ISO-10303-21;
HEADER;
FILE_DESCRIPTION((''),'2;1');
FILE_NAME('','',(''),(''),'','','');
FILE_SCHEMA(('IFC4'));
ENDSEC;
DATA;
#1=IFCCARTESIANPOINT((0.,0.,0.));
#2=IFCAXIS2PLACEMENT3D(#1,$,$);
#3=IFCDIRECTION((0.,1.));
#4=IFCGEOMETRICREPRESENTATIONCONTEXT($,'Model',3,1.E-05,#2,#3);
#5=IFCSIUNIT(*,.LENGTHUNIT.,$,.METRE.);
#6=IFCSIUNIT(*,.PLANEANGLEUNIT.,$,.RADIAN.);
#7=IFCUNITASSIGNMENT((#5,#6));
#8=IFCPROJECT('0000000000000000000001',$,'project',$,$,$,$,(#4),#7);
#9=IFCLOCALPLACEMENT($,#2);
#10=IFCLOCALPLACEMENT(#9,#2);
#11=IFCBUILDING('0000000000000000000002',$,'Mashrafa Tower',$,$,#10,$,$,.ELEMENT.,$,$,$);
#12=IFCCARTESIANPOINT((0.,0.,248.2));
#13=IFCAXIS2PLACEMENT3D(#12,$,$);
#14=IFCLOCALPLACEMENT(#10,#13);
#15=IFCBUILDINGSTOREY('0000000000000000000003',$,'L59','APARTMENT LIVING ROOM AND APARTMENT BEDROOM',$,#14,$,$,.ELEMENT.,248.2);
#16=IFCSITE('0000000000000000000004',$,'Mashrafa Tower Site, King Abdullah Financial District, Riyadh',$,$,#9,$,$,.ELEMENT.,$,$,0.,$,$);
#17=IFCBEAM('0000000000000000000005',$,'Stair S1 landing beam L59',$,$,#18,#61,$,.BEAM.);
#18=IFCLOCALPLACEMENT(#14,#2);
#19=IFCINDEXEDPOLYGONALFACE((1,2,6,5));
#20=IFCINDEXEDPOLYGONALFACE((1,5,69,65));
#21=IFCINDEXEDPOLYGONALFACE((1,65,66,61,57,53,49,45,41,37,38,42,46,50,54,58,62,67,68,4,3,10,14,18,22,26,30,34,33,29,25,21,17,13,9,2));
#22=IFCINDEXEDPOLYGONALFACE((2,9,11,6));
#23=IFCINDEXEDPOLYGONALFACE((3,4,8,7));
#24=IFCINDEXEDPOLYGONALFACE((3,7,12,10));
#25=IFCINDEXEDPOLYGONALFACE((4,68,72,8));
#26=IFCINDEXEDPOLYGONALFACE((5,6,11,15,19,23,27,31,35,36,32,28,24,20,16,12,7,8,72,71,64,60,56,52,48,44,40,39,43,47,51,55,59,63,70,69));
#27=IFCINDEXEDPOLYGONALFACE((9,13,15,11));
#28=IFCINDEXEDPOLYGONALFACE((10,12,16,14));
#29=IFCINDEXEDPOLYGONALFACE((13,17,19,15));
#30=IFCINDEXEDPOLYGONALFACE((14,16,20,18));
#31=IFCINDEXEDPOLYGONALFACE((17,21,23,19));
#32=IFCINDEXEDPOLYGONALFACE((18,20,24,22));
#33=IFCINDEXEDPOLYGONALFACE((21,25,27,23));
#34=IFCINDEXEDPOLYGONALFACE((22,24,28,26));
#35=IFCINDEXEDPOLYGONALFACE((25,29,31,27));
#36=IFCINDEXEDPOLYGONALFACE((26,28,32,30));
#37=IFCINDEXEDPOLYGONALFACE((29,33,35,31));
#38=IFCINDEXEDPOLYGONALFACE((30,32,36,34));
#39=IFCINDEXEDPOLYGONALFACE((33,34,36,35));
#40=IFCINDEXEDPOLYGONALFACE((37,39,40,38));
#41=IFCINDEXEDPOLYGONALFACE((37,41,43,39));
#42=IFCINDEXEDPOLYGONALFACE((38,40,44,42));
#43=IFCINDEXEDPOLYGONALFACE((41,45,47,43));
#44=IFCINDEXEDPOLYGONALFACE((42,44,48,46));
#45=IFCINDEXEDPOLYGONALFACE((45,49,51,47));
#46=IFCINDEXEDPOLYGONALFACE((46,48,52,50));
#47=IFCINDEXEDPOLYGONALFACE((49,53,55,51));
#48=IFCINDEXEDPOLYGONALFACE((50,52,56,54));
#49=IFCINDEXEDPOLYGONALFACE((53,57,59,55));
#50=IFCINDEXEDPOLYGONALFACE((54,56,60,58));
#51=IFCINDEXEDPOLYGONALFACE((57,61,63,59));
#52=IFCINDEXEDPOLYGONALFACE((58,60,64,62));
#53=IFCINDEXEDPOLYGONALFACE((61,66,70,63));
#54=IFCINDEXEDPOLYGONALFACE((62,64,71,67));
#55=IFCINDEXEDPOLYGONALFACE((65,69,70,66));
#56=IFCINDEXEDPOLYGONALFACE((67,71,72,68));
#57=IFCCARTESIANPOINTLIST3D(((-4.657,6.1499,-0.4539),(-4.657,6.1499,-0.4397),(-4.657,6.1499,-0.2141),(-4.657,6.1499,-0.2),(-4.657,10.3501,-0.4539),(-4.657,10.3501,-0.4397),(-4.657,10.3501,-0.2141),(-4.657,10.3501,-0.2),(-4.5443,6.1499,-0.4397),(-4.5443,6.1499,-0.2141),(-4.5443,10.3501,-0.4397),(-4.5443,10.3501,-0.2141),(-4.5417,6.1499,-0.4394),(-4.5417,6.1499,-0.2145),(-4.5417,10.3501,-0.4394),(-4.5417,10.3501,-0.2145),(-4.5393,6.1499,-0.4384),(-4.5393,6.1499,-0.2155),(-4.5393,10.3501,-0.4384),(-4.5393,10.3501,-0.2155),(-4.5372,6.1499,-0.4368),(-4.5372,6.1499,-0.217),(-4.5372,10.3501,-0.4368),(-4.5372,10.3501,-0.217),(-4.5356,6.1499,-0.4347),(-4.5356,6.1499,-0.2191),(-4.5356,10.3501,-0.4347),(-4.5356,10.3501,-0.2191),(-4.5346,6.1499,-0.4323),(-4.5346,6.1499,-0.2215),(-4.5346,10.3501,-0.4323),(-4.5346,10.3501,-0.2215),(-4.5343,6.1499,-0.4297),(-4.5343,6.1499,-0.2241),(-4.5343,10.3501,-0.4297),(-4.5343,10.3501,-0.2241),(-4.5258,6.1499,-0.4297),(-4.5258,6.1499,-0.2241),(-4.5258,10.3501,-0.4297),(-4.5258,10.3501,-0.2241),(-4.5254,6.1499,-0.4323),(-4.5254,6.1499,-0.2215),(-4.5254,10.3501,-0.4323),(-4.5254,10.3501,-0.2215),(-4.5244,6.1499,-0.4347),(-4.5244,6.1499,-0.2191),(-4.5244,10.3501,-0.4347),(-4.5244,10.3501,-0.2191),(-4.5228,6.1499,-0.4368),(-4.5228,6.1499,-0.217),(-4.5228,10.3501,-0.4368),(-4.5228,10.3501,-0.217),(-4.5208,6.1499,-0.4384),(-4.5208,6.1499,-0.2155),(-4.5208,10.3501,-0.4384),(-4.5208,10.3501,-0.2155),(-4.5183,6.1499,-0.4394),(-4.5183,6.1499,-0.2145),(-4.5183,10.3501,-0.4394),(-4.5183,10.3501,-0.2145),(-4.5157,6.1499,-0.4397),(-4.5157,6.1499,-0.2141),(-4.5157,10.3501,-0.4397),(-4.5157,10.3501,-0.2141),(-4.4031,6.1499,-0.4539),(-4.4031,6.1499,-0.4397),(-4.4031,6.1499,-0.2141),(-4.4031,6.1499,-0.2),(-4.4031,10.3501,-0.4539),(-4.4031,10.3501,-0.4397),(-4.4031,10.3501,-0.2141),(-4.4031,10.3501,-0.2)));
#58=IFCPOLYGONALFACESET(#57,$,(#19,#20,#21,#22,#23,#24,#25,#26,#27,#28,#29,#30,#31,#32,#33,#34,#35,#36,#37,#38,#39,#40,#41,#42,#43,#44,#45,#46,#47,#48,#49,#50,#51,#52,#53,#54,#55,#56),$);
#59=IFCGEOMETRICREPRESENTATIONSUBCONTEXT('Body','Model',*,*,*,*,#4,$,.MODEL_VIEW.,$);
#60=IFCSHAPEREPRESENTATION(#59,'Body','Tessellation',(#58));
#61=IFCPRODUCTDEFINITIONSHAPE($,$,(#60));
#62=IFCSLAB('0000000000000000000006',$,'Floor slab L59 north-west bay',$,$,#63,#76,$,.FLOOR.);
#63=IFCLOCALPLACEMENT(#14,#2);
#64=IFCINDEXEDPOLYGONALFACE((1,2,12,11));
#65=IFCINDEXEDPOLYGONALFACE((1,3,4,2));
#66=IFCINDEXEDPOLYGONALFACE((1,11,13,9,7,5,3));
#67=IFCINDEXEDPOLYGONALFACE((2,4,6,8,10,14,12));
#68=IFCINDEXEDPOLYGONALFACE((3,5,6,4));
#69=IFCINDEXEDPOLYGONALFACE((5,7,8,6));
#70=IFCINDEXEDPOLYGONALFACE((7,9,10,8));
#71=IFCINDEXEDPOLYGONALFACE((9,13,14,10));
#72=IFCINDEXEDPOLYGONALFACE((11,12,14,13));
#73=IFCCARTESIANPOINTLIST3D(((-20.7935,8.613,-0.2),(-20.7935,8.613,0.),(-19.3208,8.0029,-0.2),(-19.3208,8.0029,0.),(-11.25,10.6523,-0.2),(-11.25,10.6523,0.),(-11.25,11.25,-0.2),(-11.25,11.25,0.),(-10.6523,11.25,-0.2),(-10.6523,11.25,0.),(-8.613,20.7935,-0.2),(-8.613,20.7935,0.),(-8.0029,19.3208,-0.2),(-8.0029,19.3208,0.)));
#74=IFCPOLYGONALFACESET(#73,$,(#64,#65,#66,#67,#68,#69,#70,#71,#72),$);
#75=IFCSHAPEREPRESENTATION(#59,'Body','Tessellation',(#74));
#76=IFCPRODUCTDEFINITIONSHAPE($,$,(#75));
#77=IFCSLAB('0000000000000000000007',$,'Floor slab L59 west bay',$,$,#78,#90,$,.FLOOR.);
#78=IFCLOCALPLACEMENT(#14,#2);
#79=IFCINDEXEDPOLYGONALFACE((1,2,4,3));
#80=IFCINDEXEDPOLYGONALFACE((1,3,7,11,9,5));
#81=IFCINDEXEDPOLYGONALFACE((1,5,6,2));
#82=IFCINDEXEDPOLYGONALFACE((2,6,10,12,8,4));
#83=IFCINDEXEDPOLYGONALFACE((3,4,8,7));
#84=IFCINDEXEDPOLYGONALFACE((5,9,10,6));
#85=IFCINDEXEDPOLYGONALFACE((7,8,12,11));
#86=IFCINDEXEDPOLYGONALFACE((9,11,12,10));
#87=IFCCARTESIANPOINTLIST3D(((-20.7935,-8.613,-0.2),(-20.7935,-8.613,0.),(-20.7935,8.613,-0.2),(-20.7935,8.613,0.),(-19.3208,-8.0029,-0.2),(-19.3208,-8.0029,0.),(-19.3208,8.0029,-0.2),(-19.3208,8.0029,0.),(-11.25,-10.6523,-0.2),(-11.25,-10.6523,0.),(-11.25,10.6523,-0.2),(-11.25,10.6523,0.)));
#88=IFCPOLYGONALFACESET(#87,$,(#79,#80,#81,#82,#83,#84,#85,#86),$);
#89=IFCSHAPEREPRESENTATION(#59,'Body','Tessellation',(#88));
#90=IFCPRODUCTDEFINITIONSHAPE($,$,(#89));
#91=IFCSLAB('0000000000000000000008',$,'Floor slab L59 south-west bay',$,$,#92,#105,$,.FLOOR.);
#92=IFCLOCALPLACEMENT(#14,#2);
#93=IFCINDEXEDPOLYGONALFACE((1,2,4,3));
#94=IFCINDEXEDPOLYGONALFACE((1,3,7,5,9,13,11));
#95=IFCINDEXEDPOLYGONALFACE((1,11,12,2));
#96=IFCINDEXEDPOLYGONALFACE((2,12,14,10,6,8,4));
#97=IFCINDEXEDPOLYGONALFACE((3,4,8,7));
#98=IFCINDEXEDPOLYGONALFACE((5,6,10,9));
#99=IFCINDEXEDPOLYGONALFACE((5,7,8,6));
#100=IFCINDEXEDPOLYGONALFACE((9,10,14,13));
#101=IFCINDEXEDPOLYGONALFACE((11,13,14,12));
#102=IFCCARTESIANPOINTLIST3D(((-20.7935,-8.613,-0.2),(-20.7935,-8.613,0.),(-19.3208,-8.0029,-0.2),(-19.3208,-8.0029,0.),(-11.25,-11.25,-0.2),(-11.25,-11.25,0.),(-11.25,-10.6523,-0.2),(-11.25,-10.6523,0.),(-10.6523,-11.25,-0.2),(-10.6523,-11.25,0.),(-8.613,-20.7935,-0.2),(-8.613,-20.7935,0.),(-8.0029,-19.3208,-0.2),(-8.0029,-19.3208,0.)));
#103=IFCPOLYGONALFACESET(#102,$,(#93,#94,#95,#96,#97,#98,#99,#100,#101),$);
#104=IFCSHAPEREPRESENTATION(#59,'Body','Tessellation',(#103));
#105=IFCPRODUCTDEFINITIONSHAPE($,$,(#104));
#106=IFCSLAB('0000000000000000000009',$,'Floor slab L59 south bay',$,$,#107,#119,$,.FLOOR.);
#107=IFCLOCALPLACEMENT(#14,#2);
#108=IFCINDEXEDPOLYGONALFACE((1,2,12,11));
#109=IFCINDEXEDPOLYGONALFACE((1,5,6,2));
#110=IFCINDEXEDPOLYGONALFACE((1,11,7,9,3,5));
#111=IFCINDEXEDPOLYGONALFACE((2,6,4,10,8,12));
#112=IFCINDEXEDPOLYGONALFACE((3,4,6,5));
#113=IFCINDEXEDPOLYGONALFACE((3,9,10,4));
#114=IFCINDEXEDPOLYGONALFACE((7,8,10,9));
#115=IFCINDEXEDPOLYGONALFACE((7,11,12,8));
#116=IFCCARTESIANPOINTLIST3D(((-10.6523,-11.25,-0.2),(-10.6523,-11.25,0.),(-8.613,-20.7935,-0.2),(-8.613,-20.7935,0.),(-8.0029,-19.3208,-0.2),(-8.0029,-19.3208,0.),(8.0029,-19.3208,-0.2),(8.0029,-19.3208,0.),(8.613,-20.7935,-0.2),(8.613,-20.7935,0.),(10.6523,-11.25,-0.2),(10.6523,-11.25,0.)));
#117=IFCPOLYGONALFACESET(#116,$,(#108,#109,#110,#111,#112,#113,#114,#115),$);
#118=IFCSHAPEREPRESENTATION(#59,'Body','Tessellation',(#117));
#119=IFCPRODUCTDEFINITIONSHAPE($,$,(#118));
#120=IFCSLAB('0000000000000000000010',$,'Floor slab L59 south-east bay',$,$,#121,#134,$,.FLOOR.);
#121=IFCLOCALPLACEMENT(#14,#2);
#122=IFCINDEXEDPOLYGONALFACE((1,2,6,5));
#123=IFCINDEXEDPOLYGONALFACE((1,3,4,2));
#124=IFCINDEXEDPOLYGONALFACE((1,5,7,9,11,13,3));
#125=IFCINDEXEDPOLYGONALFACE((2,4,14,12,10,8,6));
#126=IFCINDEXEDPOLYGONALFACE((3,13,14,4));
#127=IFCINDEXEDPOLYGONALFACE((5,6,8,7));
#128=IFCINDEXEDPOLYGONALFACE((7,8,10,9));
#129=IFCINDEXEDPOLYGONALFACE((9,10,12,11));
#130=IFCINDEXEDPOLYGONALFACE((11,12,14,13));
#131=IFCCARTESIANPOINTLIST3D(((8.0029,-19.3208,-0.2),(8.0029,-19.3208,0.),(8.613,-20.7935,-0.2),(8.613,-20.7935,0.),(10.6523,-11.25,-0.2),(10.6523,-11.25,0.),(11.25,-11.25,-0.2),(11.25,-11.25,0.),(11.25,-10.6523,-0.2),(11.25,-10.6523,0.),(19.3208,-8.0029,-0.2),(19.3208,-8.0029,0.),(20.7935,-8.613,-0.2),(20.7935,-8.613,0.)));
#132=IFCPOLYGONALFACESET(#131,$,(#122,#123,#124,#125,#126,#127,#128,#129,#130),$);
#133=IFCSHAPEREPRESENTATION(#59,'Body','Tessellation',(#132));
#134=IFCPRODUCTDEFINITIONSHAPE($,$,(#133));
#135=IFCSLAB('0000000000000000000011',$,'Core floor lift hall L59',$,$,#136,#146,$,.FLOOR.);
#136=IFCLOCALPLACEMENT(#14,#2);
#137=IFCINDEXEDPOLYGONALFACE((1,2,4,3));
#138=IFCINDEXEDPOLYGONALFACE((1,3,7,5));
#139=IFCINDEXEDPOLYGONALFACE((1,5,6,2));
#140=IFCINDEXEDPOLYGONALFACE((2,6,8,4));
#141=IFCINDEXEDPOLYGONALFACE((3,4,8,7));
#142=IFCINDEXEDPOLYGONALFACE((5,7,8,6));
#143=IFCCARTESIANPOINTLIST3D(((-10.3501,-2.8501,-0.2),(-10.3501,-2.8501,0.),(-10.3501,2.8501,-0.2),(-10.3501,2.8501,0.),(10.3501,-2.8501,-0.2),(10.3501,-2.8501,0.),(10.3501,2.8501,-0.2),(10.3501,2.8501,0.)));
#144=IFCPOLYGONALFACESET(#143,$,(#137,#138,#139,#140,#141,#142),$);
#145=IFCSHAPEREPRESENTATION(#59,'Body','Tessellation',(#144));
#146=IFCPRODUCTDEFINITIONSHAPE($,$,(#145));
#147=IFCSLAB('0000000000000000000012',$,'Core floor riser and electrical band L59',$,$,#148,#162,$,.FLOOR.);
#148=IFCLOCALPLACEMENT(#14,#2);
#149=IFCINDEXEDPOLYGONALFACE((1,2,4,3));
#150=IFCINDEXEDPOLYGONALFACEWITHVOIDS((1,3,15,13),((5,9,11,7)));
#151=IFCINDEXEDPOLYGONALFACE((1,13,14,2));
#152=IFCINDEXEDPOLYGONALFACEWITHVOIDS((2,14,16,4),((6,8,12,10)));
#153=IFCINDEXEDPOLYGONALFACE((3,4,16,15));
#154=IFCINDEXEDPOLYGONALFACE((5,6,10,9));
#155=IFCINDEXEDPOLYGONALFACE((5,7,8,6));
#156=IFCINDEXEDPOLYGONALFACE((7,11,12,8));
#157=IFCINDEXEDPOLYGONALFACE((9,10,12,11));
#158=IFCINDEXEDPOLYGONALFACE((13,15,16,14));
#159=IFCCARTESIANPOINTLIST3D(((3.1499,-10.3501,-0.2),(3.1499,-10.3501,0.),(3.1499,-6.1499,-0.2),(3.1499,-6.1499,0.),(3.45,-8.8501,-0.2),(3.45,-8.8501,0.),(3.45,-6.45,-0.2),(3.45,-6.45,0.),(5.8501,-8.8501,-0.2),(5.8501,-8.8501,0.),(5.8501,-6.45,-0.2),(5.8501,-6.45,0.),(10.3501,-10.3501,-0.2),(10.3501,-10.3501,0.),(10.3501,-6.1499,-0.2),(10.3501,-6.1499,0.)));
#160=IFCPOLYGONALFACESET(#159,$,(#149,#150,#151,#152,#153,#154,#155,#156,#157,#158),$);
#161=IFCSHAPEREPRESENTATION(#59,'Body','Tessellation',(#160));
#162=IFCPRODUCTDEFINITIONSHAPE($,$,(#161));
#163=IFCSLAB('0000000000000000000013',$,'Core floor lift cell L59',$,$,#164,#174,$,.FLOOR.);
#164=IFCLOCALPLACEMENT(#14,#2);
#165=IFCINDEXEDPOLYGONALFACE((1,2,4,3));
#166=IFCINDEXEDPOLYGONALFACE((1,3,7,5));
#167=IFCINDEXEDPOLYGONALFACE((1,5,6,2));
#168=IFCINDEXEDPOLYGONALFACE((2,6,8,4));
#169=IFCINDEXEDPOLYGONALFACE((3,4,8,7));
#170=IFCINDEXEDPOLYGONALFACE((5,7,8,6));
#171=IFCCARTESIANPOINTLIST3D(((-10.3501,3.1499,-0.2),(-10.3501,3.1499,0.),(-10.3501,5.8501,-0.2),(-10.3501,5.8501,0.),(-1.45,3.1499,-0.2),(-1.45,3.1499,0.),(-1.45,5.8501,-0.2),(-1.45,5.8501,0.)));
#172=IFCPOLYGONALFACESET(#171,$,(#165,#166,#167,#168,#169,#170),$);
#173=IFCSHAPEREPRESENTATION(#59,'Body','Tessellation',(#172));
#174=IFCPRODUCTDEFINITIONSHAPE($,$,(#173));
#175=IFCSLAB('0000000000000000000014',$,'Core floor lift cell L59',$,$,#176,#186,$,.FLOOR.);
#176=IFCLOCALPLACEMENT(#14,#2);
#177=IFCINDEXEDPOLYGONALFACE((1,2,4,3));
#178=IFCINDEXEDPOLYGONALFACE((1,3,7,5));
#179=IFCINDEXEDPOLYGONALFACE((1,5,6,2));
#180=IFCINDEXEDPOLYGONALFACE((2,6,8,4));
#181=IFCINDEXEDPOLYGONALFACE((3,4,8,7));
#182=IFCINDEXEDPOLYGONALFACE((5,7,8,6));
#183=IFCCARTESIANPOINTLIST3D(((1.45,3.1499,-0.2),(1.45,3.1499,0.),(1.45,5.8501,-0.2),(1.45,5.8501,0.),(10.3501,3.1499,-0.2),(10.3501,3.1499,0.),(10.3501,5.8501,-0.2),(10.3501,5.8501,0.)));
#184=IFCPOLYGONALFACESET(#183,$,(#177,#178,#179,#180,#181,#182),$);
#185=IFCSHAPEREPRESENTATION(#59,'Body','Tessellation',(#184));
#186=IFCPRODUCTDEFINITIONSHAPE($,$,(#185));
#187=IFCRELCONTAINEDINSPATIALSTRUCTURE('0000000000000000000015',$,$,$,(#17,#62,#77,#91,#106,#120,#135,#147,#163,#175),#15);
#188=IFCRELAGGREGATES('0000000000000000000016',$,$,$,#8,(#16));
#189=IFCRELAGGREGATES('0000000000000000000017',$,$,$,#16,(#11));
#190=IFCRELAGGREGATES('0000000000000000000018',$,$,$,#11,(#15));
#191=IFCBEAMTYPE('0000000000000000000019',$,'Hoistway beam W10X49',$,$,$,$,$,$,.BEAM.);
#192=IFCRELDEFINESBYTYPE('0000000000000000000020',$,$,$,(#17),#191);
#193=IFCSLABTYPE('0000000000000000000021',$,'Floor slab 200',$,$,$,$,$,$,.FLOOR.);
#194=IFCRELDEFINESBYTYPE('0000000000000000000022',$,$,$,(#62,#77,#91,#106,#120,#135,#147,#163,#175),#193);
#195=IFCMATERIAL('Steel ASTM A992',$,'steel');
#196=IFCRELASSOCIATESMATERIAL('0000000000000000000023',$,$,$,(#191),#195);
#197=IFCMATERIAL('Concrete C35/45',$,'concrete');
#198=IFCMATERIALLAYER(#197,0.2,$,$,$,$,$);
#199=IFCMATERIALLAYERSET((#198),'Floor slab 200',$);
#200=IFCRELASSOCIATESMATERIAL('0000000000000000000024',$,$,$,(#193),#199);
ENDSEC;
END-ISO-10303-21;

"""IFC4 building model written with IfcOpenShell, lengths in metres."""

from ifc_helpers import new_model, si_unit, direction, frame, origin, origin_2d, place, context, subcontext, project, spatial, polyline, i_section, outline, extrude, material, layer, layer_set, material_profile, profile_set, type_object, element, save


model = new_model("IFC4")

# Units and contexts
model_context = context("Model", 3, precision=1e-05, world=origin(), true_north=direction((0.0, 1.0)))
body_context = subcontext(model_context, "Body", "Model", "MODEL_VIEW")
ifc_project = project(units=[si_unit("LENGTHUNIT", "METRE"), si_unit("PLANEANGLEUNIT", "RADIAN")], contexts=[model_context])

# Site, building, storey
site_placement = place(None, origin())
site = spatial("IfcSite", under=ifc_project, at=site_placement, Name="Mashrafa Tower Site, King Abdullah Financial District, Riyadh", CompositionType="ELEMENT", RefElevation=0.0)
building_placement = place(site_placement, origin())
building = spatial("IfcBuilding", under=site, at=building_placement, Name="Mashrafa Tower", CompositionType="ELEMENT")
storey_placement = place(building_placement, frame((0.0, 0.0, 248.2)))
storey = spatial("IfcBuildingStorey", under=building, at=storey_placement, Name="L59", Description="APARTMENT LIVING ROOM AND APARTMENT BEDROOM", CompositionType="ELEMENT", Elevation=248.2)

# Beam
ifc_material_1 = material(Name="Steel ASTM A992", Category="steel")
ifc_material_profile_1 = material_profile(ifc_material_1, i_section(OverallWidth=0.2539, OverallDepth=0.2539, WebThickness=0.0085, FlangeThickness=0.0142, FilletRadius=0.01, at=origin_2d()), Name="W10X49")
ifc_profile_set_1 = profile_set([ifc_material_profile_1], Name="Steel ASTM A992")
beam_type_1 = type_object("IfcBeamType", Name="Hoistway beam W10X49", PredefinedType="BEAM", material=ifc_profile_set_1)
beam_1_placement = place(storey_placement, frame((-4.53, 6.1499, -0.3269), z_axis=(0.0, 1.0, 0.0), x_axis=(-1.0, 0.0, 0.0)))
element("IfcBeam", 1, at=beam_1_placement, inside=storey, type_object=beam_type_1, Name="Stair S1 landing beam L59", PredefinedType="BEAM", context=body_context, shape_type="SweptSolid", body=[
    extrude(i_section(OverallWidth=0.2539, OverallDepth=0.2539, WebThickness=0.0085, FlangeThickness=0.0142, FilletRadius=0.01, at=origin_2d()), origin(), (0.0, 0.0, 1.0), 4.2002),
])

# Slabs
ifc_material_2 = material(Name="Concrete C35/45", Category="concrete")
ifc_layer_1 = layer(ifc_material_2, 0.2)
ifc_layer_set_1 = layer_set([ifc_layer_1], Name="Floor slab 200")
slab_type = type_object("IfcSlabType", Name="Floor slab 200", PredefinedType="FLOOR", material=ifc_layer_set_1)
slab_1_placement = place(storey_placement, frame((0.0, 0.0, -0.2)))
element("IfcSlab", 2, at=slab_1_placement, inside=storey, type_object=slab_type, Name="Floor slab L59 north-west bay", PredefinedType="FLOOR", context=body_context, shape_type="SweptSolid", body=[
    extrude(outline(polyline([(-8.613, 20.7935), (-8.0029, 19.3208), (-10.6523, 11.25), (-11.25, 11.25), (-11.25, 10.6523), (-19.3208, 8.0029), (-20.7935, 8.613), (-8.613, 20.7935)])), origin(), (0.0, 0.0, 1.0), 0.2),
])
slab_2_placement = place(storey_placement, frame((0.0, 0.0, -0.2)))
element("IfcSlab", 3, at=slab_2_placement, inside=storey, type_object=slab_type, Name="Floor slab L59 west bay", PredefinedType="FLOOR", context=body_context, shape_type="SweptSolid", body=[
    extrude(outline(polyline([(-20.7935, -8.613), (-20.7935, 8.613), (-20.7935, 8.613), (-19.3208, 8.0029), (-11.25, 10.6523), (-11.25, -10.6523), (-19.3208, -8.0029), (-20.7935, -8.613), (-20.7935, -8.613)])), origin(), (0.0, 0.0, 1.0), 0.2),
])
slab_3_placement = place(storey_placement, frame((0.0, 0.0, -0.2)))
element("IfcSlab", 4, at=slab_3_placement, inside=storey, type_object=slab_type, Name="Floor slab L59 south-west bay", PredefinedType="FLOOR", context=body_context, shape_type="SweptSolid", body=[
    extrude(outline(polyline([(-20.7935, -8.613), (-19.3208, -8.0029), (-11.25, -10.6523), (-11.25, -11.25), (-10.6523, -11.25), (-8.0029, -19.3208), (-8.613, -20.7935), (-20.7935, -8.613)])), origin(), (0.0, 0.0, 1.0), 0.2),
])
slab_4_placement = place(storey_placement, frame((0.0, 0.0, -0.2)))
element("IfcSlab", 5, at=slab_4_placement, inside=storey, type_object=slab_type, Name="Floor slab L59 south bay", PredefinedType="FLOOR", context=body_context, shape_type="SweptSolid", body=[
    extrude(outline(polyline([(-8.613, -20.7935), (-8.613, -20.7935), (-8.0029, -19.3208), (-10.6523, -11.25), (10.6523, -11.25), (8.0029, -19.3208), (8.613, -20.7935), (8.613, -20.7935), (-8.613, -20.7935)])), origin(), (0.0, 0.0, 1.0), 0.2),
])
slab_5_placement = place(storey_placement, frame((0.0, 0.0, -0.2)))
element("IfcSlab", 6, at=slab_5_placement, inside=storey, type_object=slab_type, Name="Floor slab L59 south-east bay", PredefinedType="FLOOR", context=body_context, shape_type="SweptSolid", body=[
    extrude(outline(polyline([(8.613, -20.7935), (8.0029, -19.3208), (10.6523, -11.25), (11.25, -11.25), (11.25, -10.6523), (19.3208, -8.0029), (20.7935, -8.613), (8.613, -20.7935)])), origin(), (0.0, 0.0, 1.0), 0.2),
])
slab_6_placement = place(storey_placement, frame((0.0, 0.0, -0.2)))
element("IfcSlab", 7, at=slab_6_placement, inside=storey, type_object=slab_type, Name="Core floor lift hall L59", PredefinedType="FLOOR", context=body_context, shape_type="SweptSolid", body=[
    extrude(outline(polyline([(-10.3501, 2.8501), (10.3501, 2.8501), (10.3501, -2.8501), (-10.3501, -2.8501), (-10.3501, 2.8501)])), origin(), (0.0, 0.0, 1.0), 0.2),
])
slab_7_placement = place(storey_placement, frame((0.0, 0.0, -0.2)))
element("IfcSlab", 8, at=slab_7_placement, inside=storey, type_object=slab_type, Name="Core floor riser and electrical band L59", PredefinedType="FLOOR", context=body_context, shape_type="SweptSolid", body=[
    extrude(outline(polyline([(10.3501, -6.1499), (10.3501, -10.3501), (3.1499, -10.3501), (3.1499, -6.1499), (10.3501, -6.1499)]), holes=[polyline([(3.45, -8.8501), (5.8501, -8.8501), (5.8501, -6.45), (3.45, -6.45), (3.45, -8.8501)])]), origin(), (0.0, 0.0, 1.0), 0.2),
])
slab_8_placement = place(storey_placement, frame((0.0, 0.0, -0.2)))
element("IfcSlab", 9, at=slab_8_placement, inside=storey, type_object=slab_type, Name="Core floor lift cell L59", PredefinedType="FLOOR", context=body_context, shape_type="SweptSolid", body=[
    extrude(outline(polyline([(-10.3501, 5.8501), (-1.45, 5.8501), (-1.45, 3.1499), (-10.3501, 3.1499), (-10.3501, 5.8501)])), origin(), (0.0, 0.0, 1.0), 0.2),
])
slab_9_placement = place(storey_placement, frame((0.0, 0.0, -0.2)))
element("IfcSlab", 10, at=slab_9_placement, inside=storey, type_object=slab_type, Name="Core floor lift cell L59", PredefinedType="FLOOR", context=body_context, shape_type="SweptSolid", body=[
    extrude(outline(polyline([(1.45, 5.8501), (10.3501, 5.8501), (10.3501, 3.1499), (1.45, 3.1499), (1.45, 5.8501)])), origin(), (0.0, 0.0, 1.0), 0.2),
])

save(model, "model.ifc")
